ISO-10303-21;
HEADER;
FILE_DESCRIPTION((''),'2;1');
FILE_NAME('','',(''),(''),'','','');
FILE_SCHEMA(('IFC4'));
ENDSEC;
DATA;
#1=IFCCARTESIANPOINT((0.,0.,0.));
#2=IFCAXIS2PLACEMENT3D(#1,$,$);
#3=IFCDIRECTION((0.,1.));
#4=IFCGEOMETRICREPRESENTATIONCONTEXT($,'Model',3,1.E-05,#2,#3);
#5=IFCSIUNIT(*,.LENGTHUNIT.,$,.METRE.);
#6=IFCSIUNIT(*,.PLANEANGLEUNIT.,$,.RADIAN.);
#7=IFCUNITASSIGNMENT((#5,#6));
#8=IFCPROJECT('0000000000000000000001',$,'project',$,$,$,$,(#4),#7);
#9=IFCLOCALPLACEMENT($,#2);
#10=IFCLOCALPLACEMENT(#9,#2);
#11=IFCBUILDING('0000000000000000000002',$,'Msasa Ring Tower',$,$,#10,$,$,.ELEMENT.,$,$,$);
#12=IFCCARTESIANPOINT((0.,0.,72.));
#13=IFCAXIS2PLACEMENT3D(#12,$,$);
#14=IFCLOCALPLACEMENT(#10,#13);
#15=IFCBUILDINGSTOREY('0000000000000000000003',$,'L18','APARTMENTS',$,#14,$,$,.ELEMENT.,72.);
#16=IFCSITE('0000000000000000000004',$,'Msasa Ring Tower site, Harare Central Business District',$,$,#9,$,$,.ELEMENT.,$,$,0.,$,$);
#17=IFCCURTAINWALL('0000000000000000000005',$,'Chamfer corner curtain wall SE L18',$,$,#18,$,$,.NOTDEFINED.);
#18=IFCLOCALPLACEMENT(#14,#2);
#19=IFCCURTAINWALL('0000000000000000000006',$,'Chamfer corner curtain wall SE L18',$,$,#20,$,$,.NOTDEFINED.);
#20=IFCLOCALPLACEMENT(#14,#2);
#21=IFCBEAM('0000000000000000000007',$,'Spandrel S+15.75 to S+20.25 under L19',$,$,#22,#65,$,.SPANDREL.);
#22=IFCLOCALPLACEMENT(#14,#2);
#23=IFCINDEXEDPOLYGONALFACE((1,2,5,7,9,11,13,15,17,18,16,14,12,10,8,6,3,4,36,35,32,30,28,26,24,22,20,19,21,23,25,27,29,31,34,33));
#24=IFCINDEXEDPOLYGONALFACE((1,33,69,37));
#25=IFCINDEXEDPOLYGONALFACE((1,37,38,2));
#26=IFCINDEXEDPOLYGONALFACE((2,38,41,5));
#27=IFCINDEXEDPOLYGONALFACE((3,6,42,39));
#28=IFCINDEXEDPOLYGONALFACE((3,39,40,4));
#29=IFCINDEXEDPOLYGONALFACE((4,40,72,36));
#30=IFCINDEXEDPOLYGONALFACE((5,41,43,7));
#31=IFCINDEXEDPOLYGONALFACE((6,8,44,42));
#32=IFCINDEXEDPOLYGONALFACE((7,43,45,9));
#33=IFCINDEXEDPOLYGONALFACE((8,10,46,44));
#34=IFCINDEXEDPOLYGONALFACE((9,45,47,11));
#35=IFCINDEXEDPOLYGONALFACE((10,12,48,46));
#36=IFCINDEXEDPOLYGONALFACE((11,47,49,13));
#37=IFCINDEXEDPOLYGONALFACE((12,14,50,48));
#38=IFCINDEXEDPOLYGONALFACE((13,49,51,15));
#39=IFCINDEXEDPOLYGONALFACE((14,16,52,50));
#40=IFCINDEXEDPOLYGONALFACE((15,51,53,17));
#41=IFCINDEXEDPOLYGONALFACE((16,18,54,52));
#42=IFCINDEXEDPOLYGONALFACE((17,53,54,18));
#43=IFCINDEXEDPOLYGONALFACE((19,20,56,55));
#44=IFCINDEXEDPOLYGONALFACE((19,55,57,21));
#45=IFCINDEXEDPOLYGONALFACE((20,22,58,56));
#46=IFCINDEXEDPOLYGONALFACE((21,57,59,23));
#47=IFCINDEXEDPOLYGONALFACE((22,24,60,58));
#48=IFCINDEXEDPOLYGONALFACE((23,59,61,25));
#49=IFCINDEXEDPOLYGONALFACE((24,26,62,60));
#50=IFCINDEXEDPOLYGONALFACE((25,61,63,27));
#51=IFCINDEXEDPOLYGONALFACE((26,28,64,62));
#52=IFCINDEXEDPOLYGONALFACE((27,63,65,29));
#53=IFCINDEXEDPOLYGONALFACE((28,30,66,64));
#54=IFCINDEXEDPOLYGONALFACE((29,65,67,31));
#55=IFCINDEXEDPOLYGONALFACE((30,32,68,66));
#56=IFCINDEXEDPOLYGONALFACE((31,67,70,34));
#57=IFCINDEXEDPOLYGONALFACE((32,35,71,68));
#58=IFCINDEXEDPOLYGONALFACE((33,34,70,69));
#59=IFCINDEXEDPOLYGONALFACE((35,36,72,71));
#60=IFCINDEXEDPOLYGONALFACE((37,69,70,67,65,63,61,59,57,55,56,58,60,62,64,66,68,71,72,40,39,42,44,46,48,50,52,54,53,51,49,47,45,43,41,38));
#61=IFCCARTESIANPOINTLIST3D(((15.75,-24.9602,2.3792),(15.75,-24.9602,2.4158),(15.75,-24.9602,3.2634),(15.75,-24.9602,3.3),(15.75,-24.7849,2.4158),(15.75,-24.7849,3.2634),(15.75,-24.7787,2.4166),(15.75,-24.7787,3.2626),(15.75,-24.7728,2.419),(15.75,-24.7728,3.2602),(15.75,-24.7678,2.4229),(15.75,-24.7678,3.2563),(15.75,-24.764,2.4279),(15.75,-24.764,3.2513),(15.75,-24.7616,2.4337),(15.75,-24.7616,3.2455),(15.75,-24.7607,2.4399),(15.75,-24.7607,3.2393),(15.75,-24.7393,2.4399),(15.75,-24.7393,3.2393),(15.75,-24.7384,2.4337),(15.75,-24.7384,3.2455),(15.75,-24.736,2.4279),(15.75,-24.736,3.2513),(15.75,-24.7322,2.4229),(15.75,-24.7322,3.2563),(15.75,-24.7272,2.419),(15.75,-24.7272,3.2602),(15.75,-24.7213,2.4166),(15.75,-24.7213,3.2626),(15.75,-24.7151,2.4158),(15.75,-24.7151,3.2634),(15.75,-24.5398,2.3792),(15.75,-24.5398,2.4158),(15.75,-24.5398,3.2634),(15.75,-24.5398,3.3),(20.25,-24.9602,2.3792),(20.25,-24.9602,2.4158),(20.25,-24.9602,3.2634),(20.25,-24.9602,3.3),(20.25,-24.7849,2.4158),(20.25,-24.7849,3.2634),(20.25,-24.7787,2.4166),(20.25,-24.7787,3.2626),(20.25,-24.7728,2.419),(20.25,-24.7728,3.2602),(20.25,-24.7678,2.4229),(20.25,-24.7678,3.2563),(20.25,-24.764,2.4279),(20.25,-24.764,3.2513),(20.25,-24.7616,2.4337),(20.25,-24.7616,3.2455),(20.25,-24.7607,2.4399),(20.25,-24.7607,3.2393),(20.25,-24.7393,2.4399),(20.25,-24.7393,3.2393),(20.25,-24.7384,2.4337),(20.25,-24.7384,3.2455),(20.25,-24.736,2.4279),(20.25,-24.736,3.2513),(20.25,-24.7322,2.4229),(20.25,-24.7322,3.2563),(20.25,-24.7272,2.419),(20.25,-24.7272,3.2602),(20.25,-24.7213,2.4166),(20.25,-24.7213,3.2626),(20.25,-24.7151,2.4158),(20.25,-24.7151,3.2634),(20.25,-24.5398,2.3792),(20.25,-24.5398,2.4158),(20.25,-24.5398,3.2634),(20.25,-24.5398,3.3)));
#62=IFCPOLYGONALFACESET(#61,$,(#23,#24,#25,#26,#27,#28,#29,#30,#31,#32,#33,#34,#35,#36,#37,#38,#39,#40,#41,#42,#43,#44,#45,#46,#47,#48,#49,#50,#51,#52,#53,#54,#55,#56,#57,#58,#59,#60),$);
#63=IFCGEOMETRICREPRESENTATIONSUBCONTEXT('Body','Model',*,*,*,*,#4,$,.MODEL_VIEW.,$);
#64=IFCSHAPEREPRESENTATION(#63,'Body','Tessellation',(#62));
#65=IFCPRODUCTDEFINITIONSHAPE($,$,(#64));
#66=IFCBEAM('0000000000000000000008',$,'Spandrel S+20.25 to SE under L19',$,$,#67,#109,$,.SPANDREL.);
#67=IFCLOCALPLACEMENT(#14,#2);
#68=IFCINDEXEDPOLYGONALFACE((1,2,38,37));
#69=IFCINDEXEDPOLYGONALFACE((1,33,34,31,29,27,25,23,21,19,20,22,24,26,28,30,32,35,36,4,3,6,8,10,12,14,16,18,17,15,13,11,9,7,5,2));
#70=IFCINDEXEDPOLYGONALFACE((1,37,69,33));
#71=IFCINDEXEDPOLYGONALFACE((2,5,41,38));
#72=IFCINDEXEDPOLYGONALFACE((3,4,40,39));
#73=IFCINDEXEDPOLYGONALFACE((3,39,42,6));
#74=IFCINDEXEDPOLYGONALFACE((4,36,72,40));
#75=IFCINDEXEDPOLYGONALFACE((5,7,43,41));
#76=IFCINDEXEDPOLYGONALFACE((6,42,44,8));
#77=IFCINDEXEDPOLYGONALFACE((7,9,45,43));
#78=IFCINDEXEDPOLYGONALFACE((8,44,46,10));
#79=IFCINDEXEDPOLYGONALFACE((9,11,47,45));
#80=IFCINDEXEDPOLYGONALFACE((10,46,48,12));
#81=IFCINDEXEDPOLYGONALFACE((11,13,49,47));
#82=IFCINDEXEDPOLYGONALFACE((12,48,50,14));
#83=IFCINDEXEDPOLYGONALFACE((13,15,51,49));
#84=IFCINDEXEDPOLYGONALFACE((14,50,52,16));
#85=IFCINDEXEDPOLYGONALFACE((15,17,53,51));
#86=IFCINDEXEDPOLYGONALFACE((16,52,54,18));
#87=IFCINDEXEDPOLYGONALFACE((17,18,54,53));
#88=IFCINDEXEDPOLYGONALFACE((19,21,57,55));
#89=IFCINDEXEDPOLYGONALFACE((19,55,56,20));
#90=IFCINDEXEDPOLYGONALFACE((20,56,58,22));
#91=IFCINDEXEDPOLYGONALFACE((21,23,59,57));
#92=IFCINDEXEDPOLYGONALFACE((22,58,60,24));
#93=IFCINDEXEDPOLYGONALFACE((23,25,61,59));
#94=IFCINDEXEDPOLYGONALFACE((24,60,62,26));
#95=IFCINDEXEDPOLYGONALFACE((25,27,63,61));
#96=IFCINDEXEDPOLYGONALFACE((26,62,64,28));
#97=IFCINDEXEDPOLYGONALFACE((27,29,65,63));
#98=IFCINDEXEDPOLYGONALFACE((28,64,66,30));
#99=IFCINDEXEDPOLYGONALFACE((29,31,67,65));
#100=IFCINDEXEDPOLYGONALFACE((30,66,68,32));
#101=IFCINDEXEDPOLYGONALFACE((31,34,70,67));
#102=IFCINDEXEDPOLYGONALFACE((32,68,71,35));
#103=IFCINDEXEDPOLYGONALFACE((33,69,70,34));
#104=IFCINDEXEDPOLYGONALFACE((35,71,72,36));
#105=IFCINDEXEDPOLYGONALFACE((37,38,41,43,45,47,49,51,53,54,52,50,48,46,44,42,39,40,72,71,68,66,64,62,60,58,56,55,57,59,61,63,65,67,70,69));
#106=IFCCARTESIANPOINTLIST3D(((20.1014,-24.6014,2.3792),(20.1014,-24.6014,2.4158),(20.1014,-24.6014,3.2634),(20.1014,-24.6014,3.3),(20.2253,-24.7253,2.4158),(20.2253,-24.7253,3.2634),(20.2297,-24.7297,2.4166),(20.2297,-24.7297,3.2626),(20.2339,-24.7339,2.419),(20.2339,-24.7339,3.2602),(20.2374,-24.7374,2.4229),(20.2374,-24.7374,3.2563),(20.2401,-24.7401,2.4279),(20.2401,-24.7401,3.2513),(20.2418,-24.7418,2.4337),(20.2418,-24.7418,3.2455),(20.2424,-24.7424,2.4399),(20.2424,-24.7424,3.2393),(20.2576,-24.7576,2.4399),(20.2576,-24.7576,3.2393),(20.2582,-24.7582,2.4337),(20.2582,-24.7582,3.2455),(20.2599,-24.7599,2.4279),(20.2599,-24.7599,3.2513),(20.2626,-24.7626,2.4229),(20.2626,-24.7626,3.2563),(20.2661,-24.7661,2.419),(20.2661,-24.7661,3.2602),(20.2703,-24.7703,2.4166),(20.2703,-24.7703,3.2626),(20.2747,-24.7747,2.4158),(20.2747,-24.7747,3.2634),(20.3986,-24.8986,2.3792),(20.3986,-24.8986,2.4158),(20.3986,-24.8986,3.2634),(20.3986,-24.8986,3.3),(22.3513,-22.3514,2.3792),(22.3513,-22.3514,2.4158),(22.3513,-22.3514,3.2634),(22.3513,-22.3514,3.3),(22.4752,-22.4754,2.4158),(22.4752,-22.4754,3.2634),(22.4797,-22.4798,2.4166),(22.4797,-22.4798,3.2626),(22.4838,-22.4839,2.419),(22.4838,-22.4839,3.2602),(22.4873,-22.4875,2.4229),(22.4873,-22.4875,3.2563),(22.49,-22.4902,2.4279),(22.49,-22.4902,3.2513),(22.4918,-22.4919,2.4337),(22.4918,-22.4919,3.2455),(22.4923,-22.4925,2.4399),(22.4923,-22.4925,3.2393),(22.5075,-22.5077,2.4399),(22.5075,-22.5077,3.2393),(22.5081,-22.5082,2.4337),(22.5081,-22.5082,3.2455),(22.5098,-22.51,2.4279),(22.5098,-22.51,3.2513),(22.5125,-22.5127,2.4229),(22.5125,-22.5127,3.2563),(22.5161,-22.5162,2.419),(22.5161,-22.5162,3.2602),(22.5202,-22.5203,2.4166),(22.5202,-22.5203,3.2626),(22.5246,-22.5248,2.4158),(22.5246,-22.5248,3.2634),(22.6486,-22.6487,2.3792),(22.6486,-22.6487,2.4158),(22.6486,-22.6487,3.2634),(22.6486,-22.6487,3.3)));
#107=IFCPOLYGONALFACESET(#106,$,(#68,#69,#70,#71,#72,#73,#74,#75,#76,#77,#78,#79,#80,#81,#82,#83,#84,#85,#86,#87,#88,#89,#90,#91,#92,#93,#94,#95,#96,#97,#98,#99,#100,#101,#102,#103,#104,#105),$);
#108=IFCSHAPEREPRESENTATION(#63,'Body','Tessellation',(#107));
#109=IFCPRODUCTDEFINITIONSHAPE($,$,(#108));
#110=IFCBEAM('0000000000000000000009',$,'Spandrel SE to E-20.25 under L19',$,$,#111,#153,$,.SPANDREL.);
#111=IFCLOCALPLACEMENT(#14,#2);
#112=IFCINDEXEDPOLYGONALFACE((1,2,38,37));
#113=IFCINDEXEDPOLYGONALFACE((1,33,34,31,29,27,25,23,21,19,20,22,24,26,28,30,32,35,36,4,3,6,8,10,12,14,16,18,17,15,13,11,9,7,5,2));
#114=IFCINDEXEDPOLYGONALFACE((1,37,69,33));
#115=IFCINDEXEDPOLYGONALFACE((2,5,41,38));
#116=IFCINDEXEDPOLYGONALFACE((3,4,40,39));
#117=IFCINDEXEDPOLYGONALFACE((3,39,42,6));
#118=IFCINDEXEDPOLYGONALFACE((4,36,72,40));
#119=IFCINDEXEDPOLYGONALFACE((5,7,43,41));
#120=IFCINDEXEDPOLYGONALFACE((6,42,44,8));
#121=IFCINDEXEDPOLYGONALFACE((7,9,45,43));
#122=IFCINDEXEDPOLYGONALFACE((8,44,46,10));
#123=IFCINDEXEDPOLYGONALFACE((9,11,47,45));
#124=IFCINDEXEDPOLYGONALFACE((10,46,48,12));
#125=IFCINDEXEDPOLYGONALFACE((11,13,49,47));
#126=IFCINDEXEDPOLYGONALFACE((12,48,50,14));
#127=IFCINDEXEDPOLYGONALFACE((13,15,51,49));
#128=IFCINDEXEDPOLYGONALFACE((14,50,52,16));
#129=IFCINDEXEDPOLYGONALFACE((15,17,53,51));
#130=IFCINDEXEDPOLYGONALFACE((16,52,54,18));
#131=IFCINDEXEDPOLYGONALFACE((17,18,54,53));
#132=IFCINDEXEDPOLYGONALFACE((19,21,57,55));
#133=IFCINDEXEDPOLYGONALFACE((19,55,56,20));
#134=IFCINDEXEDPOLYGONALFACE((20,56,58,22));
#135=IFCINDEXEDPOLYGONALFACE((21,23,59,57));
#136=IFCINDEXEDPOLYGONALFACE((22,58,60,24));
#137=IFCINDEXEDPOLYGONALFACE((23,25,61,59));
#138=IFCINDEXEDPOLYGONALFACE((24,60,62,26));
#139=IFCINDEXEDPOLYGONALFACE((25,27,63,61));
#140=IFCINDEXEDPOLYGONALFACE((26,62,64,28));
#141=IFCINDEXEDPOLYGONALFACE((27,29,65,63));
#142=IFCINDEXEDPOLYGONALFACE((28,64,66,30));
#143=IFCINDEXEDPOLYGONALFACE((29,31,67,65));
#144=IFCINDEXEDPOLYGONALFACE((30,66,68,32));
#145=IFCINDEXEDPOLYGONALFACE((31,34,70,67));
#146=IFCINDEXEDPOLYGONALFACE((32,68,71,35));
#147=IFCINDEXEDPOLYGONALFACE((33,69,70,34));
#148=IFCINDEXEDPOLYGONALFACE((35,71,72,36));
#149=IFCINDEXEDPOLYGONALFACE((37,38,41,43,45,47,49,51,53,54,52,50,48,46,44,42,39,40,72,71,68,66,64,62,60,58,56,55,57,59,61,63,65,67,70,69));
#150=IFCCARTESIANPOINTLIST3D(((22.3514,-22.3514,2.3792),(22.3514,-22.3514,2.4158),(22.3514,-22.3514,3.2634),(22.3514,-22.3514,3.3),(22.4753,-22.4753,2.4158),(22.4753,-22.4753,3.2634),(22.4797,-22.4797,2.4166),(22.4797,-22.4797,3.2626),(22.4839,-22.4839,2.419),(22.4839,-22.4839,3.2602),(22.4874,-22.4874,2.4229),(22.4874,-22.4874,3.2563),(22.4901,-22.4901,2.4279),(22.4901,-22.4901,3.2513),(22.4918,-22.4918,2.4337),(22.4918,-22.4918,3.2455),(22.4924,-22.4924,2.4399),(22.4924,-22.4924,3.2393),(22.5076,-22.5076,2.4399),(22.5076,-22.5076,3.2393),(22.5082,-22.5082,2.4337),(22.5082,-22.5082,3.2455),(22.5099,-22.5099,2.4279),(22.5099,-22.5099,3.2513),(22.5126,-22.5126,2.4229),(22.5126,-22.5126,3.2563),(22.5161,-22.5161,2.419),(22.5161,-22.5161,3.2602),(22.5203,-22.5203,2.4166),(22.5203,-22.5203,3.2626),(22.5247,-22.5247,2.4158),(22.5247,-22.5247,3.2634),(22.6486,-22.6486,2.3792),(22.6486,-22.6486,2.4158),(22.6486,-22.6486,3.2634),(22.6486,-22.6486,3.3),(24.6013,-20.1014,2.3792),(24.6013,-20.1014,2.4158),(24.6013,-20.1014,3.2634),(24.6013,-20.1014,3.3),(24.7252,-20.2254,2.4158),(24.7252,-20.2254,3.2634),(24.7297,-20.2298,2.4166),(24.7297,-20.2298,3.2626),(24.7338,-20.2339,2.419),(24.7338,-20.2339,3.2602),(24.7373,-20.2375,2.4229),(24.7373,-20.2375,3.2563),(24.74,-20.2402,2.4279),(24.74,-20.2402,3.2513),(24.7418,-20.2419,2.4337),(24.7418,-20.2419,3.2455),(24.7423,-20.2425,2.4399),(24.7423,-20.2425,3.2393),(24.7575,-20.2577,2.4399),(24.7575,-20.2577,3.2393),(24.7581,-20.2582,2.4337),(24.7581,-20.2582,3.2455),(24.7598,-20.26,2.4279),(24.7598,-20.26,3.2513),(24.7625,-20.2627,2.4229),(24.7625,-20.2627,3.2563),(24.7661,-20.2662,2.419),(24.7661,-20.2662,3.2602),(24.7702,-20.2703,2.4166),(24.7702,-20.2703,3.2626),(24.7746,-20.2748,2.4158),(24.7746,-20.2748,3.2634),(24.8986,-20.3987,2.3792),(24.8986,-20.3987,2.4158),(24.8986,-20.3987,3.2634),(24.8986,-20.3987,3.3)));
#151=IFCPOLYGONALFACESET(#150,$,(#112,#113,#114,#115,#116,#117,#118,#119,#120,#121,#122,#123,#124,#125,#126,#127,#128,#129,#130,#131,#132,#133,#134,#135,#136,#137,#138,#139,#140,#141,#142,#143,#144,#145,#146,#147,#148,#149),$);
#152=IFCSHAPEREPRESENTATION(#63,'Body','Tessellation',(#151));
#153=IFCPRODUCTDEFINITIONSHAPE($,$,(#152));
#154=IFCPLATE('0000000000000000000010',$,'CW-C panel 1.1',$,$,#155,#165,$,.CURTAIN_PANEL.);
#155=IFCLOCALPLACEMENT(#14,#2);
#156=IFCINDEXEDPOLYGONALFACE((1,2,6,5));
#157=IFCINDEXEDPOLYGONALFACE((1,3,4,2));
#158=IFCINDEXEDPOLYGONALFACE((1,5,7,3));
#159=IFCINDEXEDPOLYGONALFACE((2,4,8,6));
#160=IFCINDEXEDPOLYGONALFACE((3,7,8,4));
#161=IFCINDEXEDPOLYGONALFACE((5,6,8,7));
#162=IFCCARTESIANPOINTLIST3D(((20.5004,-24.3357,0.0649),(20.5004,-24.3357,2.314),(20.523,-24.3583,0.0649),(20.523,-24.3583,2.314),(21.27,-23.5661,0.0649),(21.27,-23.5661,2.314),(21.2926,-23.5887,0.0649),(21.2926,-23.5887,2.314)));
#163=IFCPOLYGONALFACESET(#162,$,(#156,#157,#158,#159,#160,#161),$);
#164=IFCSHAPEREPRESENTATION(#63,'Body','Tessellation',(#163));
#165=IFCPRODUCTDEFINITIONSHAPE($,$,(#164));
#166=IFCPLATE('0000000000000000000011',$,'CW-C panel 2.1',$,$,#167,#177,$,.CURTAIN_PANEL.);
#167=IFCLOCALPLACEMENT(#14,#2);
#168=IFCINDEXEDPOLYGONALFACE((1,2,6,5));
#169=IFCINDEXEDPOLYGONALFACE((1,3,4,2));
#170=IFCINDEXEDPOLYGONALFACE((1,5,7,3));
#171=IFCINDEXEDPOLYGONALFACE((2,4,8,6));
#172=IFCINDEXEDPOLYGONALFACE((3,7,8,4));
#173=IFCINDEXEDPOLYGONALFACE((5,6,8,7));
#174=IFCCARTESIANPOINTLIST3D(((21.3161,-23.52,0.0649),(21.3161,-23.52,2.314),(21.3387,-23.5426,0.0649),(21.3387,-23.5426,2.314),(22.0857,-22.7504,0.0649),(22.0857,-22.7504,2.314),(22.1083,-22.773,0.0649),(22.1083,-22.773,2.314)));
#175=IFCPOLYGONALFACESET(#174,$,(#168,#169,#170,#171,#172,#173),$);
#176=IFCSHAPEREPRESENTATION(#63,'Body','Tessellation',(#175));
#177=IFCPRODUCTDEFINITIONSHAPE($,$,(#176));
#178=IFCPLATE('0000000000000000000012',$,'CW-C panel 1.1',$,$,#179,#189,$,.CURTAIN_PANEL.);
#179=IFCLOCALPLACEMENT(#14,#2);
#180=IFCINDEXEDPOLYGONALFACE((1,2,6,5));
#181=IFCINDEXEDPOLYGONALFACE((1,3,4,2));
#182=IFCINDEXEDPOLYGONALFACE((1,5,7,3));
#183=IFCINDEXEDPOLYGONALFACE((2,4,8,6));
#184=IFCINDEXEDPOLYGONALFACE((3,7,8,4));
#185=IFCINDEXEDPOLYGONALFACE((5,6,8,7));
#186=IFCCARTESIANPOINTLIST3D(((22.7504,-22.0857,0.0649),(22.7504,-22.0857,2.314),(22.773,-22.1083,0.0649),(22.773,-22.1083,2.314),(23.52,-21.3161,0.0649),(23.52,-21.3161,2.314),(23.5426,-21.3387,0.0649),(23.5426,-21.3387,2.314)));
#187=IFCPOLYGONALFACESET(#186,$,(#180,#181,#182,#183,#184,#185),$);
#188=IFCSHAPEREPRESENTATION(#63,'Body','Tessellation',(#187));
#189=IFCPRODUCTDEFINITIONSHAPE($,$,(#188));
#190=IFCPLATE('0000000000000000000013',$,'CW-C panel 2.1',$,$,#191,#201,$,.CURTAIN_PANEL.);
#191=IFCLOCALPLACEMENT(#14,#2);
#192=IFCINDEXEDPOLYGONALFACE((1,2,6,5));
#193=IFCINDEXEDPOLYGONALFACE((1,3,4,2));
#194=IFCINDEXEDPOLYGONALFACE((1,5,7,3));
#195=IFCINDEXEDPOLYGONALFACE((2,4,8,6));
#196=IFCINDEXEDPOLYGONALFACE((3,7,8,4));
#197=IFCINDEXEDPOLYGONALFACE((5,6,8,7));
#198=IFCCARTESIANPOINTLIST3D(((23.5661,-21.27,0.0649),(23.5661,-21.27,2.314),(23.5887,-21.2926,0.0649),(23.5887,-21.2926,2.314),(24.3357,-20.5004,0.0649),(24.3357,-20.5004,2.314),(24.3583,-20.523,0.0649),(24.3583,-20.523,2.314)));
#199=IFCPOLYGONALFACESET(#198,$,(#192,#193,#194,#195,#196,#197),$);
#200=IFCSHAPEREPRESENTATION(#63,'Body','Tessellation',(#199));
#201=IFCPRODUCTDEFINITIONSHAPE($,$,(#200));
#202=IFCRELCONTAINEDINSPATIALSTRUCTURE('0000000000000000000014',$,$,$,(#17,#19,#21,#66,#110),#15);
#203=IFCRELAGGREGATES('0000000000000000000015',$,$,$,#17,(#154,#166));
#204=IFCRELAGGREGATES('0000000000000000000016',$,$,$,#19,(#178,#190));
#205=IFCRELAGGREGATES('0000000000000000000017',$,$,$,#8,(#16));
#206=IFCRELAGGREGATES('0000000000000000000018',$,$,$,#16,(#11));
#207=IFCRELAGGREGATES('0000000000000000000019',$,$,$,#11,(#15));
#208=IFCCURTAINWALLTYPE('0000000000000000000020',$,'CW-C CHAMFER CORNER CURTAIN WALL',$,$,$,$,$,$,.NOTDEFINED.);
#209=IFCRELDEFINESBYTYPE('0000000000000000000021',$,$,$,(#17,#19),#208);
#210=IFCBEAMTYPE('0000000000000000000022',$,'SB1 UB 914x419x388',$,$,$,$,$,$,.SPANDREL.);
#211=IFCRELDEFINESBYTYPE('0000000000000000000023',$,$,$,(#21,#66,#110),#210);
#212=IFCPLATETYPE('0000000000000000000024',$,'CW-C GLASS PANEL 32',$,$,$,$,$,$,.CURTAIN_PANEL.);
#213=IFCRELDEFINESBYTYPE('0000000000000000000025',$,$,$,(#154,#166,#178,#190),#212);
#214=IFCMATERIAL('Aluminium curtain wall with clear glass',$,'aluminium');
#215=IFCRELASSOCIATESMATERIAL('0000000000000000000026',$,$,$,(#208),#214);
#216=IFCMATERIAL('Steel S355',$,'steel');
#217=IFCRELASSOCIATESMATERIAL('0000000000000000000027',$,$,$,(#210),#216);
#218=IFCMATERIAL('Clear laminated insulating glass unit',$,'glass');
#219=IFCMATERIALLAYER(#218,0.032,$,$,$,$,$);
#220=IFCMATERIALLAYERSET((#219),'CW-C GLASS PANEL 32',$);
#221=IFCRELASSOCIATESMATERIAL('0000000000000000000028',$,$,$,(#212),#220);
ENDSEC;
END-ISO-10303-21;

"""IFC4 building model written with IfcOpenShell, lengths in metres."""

from ifc_helpers import new_model, si_unit, direction, frame, origin, origin_2d, place, context, subcontext, project, spatial, rectangle, i_section, extrude, material, layer, layer_set, material_profile, profile_set, type_object, element, aggregate, save


model = new_model("IFC4")

# Units and contexts
model_context = context("Model", 3, precision=1e-05, world=origin(), true_north=direction((0.0, 1.0)))
body_context = subcontext(model_context, "Body", "Model", "MODEL_VIEW")
ifc_project = project(units=[si_unit("LENGTHUNIT", "METRE"), si_unit("PLANEANGLEUNIT", "RADIAN")], contexts=[model_context])

# Site, building, storey
site_placement = place(None, origin())
site = spatial("IfcSite", under=ifc_project, at=site_placement, Name="Msasa Ring Tower site, Harare Central Business District", CompositionType="ELEMENT", RefElevation=0.0)
building_placement = place(site_placement, origin())
building = spatial("IfcBuilding", under=site, at=building_placement, Name="Msasa Ring Tower", CompositionType="ELEMENT")
storey_placement = place(building_placement, frame((0.0, 0.0, 72.0)))
storey = spatial("IfcBuildingStorey", under=building, at=storey_placement, Name="L18", Description="APARTMENTS", CompositionType="ELEMENT", Elevation=72.0)

# Curtain walls
ifc_material_1 = material(Name="Aluminium curtain wall with clear glass", Category="aluminium")
curtain_wall_type = type_object("IfcCurtainWallType", Name="CW-C CHAMFER CORNER CURTAIN WALL", PredefinedType="NOTDEFINED", material=ifc_material_1)
curtain_wall_1_placement = place(storey_placement, origin())
curtain_wall_1 = element("IfcCurtainWall", 1, at=curtain_wall_1_placement, inside=storey, type_object=curtain_wall_type, Name="Chamfer corner curtain wall SE L18", PredefinedType="NOTDEFINED")
curtain_wall_2_placement = place(storey_placement, origin())
curtain_wall_2 = element("IfcCurtainWall", 2, at=curtain_wall_2_placement, inside=storey, type_object=curtain_wall_type, Name="Chamfer corner curtain wall SE L18", PredefinedType="NOTDEFINED")

# Beams
ifc_material_2 = material(Name="Steel S355", Category="steel")
ifc_material_profile_1 = material_profile(ifc_material_2, i_section(OverallWidth=0.4204, OverallDepth=0.9209, WebThickness=0.0215, FlangeThickness=0.0366, FilletRadius=0.0242, at=origin_2d()), Name="UB 914x419x388")
ifc_profile_set_1 = profile_set([ifc_material_profile_1], Name="Steel S355")
beam_type_1 = type_object("IfcBeamType", Name="SB1 UB 914x419x388", PredefinedType="SPANDREL", material=ifc_profile_set_1)
beam_1_placement = place(storey_placement, frame((15.75, -24.75, 2.8396), z_axis=(1.0, 0.0, 0.0), x_axis=(0.0, 1.0, 0.0)))
element("IfcBeam", 3, at=beam_1_placement, inside=storey, type_object=beam_type_1, Name="Spandrel S+15.75 to S+20.25 under L19", PredefinedType="SPANDREL", context=body_context, shape_type="SweptSolid", body=[
    extrude(i_section(OverallWidth=0.4204, OverallDepth=0.9209, WebThickness=0.0215, FlangeThickness=0.0366, FilletRadius=0.0242, at=origin_2d()), origin(), (0.0, 0.0, 1.0), 4.5),
])
for number, where, z_axis, x_axis, name in (
    (4, (20.25, -24.75, 2.8396), (0.707107, 0.707107, 0.0), (-0.707107, 0.707107, 0.0), "Spandrel S+20.25 to SE under L19"),
    (5, (22.5, -22.5, 2.8396), (0.707107, 0.707107, 0.0), (-0.707107, 0.707107, 0.0), "Spandrel SE to E-20.25 under L19"),
):
    element("IfcBeam", number, at=place(storey_placement, frame(where, z_axis=z_axis, x_axis=x_axis)), inside=storey, type_object=beam_type_1, Name=name, PredefinedType="SPANDREL", context=body_context, shape_type="SweptSolid", body=[
        extrude(i_section(OverallWidth=0.4204, OverallDepth=0.9209, WebThickness=0.0215, FlangeThickness=0.0366, FilletRadius=0.0242, at=origin_2d()), origin(), (0.0, 0.0, 1.0), 3.1819),
    ])

# Plates
ifc_material_3 = material(Name="Clear laminated insulating glass unit", Category="glass")
ifc_layer_1 = layer(ifc_material_3, 0.032)
ifc_layer_set_1 = layer_set([ifc_layer_1], Name="CW-C GLASS PANEL 32")
plate_type = type_object("IfcPlateType", Name="CW-C GLASS PANEL 32", PredefinedType="CURTAIN_PANEL", material=ifc_layer_set_1)
plate_1_placement = place(storey_placement, frame((20.8965, -23.9622, 0.0649), z_axis=(0.0, 0.0, 1.0), x_axis=(0.707107, 0.707107, 0.0)))
plate_1 = element("IfcPlate", 6, at=plate_1_placement, type_object=plate_type, Name="CW-C panel 1.1", PredefinedType="CURTAIN_PANEL", context=body_context, shape_type="SweptSolid", body=[
    extrude(rectangle(XDim=1.0884, YDim=0.032, at=origin_2d()), origin(), (0.0, 0.0, 1.0), 2.249),
])
plate_2_placement = place(storey_placement, frame((21.7122, -23.1465, 0.0649), z_axis=(0.0, 0.0, 1.0), x_axis=(0.707107, 0.707107, 0.0)))
plate_2 = element("IfcPlate", 7, at=plate_2_placement, type_object=plate_type, Name="CW-C panel 2.1", PredefinedType="CURTAIN_PANEL", context=body_context, shape_type="SweptSolid", body=[
    extrude(rectangle(XDim=1.0884, YDim=0.032, at=origin_2d()), origin(), (0.0, 0.0, 1.0), 2.249),
])
aggregate(curtain_wall_1, [plate_1, plate_2])
plate_3_placement = place(storey_placement, frame((23.1465, -21.7122, 0.0649), z_axis=(0.0, 0.0, 1.0), x_axis=(0.707107, 0.707107, 0.0)))
plate_3 = element("IfcPlate", 8, at=plate_3_placement, type_object=plate_type, Name="CW-C panel 1.1", PredefinedType="CURTAIN_PANEL", context=body_context, shape_type="SweptSolid", body=[
    extrude(rectangle(XDim=1.0884, YDim=0.032, at=origin_2d()), origin(), (0.0, 0.0, 1.0), 2.249),
])
plate_4_placement = place(storey_placement, frame((23.9622, -20.8965, 0.0649), z_axis=(0.0, 0.0, 1.0), x_axis=(0.707107, 0.707107, 0.0)))
plate_4 = element("IfcPlate", 9, at=plate_4_placement, type_object=plate_type, Name="CW-C panel 2.1", PredefinedType="CURTAIN_PANEL", context=body_context, shape_type="SweptSolid", body=[
    extrude(rectangle(XDim=1.0884, YDim=0.032, at=origin_2d()), origin(), (0.0, 0.0, 1.0), 2.249),
])
aggregate(curtain_wall_2, [plate_3, plate_4])

save(model, "model.ifc")
